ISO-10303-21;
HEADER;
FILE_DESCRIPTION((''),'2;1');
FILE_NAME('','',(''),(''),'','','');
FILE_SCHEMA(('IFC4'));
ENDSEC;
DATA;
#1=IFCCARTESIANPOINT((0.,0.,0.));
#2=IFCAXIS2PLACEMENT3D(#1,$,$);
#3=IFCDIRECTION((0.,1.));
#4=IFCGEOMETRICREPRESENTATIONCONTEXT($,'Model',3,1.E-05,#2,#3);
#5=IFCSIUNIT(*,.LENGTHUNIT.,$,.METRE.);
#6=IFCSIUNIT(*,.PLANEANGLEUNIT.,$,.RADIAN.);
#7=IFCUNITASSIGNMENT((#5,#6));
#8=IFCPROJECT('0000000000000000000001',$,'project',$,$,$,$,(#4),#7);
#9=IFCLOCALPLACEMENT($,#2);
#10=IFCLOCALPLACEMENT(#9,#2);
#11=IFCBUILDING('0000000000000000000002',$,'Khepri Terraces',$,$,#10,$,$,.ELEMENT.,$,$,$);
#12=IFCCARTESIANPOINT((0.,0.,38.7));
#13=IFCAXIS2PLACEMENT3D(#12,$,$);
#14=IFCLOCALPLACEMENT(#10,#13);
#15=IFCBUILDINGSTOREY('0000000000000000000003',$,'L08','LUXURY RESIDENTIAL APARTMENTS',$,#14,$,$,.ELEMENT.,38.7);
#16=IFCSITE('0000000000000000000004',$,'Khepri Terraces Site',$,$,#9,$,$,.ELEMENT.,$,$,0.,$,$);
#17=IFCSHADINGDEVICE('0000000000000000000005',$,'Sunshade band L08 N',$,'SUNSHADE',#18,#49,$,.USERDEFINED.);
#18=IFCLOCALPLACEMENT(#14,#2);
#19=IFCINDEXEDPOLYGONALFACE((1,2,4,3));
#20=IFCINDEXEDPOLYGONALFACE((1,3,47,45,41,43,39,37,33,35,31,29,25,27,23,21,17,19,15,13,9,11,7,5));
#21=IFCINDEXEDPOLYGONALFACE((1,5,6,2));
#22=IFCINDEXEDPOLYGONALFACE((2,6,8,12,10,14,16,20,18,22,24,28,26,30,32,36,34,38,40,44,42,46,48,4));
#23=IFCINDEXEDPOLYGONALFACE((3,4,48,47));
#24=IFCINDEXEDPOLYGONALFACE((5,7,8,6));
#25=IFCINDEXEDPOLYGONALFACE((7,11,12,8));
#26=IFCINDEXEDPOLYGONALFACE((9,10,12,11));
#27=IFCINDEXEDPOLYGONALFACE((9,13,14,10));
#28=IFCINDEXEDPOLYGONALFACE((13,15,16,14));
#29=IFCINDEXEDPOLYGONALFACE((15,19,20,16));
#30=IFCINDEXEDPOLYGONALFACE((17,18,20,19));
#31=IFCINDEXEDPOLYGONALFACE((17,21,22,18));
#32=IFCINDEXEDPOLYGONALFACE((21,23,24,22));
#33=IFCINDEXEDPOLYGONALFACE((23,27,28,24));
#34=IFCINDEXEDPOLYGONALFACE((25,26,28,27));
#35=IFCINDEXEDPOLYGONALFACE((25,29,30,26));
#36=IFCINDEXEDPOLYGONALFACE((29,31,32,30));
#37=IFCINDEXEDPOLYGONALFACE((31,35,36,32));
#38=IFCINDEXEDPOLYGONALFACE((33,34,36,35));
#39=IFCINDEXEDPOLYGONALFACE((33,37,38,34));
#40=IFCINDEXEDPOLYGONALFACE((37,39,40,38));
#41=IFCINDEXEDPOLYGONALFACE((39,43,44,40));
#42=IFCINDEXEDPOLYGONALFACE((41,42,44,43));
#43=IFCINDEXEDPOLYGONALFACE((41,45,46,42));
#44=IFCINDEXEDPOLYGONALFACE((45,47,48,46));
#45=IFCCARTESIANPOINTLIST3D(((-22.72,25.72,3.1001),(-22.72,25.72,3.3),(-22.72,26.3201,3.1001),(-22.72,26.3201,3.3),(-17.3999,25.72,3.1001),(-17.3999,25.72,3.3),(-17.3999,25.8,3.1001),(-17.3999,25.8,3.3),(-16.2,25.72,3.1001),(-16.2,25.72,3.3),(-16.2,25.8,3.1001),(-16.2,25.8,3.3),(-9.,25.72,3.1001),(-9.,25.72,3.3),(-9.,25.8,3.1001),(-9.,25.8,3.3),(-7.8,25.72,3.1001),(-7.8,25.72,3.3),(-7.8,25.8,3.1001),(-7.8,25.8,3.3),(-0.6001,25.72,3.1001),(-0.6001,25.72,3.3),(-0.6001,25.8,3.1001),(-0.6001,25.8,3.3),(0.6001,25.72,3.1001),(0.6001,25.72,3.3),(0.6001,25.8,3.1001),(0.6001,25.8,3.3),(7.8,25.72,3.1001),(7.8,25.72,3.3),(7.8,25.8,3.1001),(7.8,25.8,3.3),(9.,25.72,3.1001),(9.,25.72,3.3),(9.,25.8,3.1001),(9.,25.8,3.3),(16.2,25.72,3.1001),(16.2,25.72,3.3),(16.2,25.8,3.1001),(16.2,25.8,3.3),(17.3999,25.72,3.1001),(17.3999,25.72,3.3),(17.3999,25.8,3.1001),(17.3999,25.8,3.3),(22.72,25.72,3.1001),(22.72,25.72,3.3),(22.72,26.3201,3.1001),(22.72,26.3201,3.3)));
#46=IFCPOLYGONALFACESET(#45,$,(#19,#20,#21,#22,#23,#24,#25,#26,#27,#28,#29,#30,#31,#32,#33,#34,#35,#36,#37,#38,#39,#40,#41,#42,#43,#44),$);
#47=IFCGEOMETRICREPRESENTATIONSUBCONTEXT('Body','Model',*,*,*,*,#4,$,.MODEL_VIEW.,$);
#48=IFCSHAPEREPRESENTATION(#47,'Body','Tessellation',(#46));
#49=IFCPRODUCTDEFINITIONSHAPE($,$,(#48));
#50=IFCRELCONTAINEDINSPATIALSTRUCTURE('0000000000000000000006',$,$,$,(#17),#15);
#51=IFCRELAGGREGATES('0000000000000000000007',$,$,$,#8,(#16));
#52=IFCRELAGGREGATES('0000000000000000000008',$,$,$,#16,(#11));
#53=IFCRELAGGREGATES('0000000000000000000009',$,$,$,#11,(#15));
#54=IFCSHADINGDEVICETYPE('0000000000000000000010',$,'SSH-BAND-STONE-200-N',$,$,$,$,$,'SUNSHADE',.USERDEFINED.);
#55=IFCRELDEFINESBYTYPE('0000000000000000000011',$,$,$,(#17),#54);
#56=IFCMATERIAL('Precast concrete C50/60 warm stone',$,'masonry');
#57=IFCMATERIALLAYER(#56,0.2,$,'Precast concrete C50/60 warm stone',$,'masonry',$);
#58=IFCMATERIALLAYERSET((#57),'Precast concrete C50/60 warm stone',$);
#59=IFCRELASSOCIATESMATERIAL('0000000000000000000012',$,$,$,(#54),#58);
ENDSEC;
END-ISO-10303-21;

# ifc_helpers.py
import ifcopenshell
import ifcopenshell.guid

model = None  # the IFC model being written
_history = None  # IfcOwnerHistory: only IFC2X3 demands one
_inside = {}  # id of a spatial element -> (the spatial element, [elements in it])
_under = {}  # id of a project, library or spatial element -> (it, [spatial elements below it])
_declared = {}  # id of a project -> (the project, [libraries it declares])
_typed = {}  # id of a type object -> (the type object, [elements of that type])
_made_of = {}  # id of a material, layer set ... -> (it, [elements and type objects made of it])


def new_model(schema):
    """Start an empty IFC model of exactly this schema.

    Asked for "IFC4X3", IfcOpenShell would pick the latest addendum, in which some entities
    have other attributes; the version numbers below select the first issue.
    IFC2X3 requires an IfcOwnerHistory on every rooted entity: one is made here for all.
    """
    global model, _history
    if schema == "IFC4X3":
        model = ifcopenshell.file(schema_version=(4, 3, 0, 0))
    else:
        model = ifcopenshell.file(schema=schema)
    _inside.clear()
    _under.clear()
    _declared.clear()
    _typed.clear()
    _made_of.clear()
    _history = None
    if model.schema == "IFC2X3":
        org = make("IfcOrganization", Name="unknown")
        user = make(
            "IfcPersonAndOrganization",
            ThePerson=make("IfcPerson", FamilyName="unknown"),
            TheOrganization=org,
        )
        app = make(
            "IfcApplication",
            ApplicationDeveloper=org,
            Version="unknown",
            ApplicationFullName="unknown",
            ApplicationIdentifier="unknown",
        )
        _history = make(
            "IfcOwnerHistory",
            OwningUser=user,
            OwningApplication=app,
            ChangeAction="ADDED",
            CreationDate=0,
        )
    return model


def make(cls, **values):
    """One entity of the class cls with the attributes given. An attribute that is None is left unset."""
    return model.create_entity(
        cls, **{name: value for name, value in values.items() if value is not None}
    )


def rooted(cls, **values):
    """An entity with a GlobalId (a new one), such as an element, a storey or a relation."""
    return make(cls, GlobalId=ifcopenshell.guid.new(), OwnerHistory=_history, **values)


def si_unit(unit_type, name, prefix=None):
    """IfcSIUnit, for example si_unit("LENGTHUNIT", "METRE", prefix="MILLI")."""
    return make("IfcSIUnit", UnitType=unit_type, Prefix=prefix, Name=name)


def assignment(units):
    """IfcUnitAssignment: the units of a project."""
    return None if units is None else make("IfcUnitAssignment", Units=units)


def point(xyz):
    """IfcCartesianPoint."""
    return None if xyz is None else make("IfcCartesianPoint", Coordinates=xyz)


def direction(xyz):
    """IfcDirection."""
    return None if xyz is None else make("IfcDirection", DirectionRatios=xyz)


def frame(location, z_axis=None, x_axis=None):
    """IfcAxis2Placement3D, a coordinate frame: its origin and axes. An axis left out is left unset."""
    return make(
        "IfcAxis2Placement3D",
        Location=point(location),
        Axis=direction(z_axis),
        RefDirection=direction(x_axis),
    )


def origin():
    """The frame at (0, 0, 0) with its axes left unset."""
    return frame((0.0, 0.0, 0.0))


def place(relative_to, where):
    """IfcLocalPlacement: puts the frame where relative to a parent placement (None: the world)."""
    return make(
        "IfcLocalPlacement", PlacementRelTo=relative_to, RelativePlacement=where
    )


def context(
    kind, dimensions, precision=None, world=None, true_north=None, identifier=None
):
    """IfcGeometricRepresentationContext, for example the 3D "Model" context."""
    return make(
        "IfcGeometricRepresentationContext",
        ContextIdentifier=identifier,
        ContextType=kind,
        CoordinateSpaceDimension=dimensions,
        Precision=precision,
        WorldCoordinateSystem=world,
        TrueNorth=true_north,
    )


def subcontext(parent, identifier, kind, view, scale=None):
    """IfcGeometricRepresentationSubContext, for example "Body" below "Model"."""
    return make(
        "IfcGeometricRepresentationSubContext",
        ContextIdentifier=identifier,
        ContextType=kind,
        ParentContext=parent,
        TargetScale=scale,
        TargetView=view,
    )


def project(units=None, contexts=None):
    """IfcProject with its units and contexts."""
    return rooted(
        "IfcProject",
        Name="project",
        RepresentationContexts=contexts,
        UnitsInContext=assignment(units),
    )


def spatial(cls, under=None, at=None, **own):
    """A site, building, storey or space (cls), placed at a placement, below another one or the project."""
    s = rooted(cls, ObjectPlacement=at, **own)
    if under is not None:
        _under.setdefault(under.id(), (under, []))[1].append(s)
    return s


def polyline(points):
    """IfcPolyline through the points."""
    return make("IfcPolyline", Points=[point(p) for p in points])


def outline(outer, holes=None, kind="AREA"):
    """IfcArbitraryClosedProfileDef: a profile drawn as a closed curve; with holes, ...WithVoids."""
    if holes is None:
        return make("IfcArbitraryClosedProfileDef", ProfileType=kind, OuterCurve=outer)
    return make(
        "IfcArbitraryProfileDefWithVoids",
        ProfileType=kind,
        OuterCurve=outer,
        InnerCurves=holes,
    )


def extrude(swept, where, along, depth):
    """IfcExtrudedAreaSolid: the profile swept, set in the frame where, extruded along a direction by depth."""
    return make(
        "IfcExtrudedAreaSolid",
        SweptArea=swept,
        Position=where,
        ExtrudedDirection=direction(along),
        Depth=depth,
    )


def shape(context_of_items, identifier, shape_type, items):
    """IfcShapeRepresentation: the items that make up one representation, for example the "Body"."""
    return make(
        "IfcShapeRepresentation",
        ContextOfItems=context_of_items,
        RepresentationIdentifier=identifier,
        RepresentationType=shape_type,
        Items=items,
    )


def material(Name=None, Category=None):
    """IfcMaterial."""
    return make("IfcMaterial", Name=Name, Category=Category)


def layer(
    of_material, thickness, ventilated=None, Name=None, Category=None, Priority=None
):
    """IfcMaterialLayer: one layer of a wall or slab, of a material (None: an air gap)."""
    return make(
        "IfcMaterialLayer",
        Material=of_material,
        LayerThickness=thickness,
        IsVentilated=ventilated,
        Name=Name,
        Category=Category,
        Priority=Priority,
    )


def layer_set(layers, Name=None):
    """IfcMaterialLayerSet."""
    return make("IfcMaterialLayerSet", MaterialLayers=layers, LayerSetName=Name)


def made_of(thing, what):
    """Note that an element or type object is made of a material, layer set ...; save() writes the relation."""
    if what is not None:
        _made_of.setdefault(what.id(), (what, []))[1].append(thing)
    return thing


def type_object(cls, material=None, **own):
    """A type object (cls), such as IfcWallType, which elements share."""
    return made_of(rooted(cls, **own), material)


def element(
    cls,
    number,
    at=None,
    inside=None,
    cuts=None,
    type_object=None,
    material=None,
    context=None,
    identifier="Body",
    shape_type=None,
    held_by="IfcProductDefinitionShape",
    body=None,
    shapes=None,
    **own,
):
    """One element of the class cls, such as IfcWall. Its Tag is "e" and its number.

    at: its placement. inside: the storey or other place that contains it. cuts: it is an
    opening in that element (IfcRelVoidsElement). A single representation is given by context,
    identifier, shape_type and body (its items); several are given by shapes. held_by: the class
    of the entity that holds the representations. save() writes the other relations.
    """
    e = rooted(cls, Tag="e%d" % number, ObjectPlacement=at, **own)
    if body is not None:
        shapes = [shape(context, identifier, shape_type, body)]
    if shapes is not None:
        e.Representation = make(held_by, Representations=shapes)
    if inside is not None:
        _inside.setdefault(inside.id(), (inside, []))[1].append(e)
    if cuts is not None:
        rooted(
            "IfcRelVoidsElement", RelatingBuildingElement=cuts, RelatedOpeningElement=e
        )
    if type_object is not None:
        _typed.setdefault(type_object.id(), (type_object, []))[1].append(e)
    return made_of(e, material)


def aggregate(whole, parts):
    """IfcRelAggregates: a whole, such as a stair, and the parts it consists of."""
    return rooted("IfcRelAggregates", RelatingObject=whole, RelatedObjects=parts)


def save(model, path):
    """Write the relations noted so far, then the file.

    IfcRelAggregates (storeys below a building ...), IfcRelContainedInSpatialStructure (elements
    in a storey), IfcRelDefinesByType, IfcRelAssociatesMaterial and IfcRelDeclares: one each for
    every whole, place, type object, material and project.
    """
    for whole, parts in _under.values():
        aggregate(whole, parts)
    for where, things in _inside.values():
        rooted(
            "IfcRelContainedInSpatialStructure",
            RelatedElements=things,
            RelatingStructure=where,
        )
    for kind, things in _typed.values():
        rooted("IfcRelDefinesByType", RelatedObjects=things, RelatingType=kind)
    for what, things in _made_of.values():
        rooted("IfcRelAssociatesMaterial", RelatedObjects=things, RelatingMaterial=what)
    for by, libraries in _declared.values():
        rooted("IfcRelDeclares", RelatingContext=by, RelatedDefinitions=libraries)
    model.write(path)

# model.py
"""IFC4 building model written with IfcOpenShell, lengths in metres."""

from ifc_helpers import new_model, si_unit, direction, frame, origin, place, context, subcontext, project, spatial, polyline, outline, extrude, material, layer, layer_set, type_object, element, save


model = new_model("IFC4")

# Units and contexts
model_context = context("Model", 3, precision=1e-05, world=origin(), true_north=direction((0.0, 1.0)))
body_context = subcontext(model_context, "Body", "Model", "MODEL_VIEW")
ifc_project = project(units=[si_unit("LENGTHUNIT", "METRE"), si_unit("PLANEANGLEUNIT", "RADIAN")], contexts=[model_context])

# Site, building, storey
site_placement = place(None, origin())
site = spatial("IfcSite", under=ifc_project, at=site_placement, Name="Khepri Terraces Site", CompositionType="ELEMENT", RefElevation=0.0)
building_placement = place(site_placement, origin())
building = spatial("IfcBuilding", under=site, at=building_placement, Name="Khepri Terraces", CompositionType="ELEMENT")
storey_placement = place(building_placement, frame((0.0, 0.0, 38.7)))
storey = spatial("IfcBuildingStorey", under=building, at=storey_placement, Name="L08", Description="LUXURY RESIDENTIAL APARTMENTS", CompositionType="ELEMENT", Elevation=38.7)

# Shading device
ifc_material_1 = material(Name="Precast concrete C50/60 warm stone", Category="masonry")
ifc_layer_1 = layer(ifc_material_1, 0.2, Name="Precast concrete C50/60 warm stone", Category="masonry")
ifc_layer_set_1 = layer_set([ifc_layer_1], Name="Precast concrete C50/60 warm stone")
shading_device_type_1 = type_object("IfcShadingDeviceType", Name="SSH-BAND-STONE-200-N", ElementType="SUNSHADE", PredefinedType="USERDEFINED", material=ifc_layer_set_1)
shading_device_1_placement = place(storey_placement, frame((0.0, 0.0, 3.1001)))
element("IfcShadingDevice", 1, at=shading_device_1_placement, inside=storey, type_object=shading_device_type_1, Name="Sunshade band L08 N", ObjectType="SUNSHADE", PredefinedType="USERDEFINED", context=body_context, shape_type="SweptSolid", body=[
    extrude(outline(polyline([(17.3999, 25.72), (22.72, 25.72), (22.72, 26.3201), (-22.72, 26.3201), (-22.72, 25.72), (-17.3999, 25.72), (-17.3999, 25.8), (-16.2, 25.8), (-16.2, 25.72), (-9.0, 25.72), (-9.0, 25.8), (-7.8, 25.8), (-7.8, 25.72), (-0.6001, 25.72), (-0.6001, 25.8), (0.6001, 25.8), (0.6001, 25.72), (7.8, 25.72), (7.8, 25.8), (9.0, 25.8), (9.0, 25.72), (16.2, 25.72), (16.2, 25.8), (17.3999, 25.8), (17.3999, 25.72)])), origin(), (0.0, 0.0, 1.0), 0.2),
])

save(model, "model.ifc")
